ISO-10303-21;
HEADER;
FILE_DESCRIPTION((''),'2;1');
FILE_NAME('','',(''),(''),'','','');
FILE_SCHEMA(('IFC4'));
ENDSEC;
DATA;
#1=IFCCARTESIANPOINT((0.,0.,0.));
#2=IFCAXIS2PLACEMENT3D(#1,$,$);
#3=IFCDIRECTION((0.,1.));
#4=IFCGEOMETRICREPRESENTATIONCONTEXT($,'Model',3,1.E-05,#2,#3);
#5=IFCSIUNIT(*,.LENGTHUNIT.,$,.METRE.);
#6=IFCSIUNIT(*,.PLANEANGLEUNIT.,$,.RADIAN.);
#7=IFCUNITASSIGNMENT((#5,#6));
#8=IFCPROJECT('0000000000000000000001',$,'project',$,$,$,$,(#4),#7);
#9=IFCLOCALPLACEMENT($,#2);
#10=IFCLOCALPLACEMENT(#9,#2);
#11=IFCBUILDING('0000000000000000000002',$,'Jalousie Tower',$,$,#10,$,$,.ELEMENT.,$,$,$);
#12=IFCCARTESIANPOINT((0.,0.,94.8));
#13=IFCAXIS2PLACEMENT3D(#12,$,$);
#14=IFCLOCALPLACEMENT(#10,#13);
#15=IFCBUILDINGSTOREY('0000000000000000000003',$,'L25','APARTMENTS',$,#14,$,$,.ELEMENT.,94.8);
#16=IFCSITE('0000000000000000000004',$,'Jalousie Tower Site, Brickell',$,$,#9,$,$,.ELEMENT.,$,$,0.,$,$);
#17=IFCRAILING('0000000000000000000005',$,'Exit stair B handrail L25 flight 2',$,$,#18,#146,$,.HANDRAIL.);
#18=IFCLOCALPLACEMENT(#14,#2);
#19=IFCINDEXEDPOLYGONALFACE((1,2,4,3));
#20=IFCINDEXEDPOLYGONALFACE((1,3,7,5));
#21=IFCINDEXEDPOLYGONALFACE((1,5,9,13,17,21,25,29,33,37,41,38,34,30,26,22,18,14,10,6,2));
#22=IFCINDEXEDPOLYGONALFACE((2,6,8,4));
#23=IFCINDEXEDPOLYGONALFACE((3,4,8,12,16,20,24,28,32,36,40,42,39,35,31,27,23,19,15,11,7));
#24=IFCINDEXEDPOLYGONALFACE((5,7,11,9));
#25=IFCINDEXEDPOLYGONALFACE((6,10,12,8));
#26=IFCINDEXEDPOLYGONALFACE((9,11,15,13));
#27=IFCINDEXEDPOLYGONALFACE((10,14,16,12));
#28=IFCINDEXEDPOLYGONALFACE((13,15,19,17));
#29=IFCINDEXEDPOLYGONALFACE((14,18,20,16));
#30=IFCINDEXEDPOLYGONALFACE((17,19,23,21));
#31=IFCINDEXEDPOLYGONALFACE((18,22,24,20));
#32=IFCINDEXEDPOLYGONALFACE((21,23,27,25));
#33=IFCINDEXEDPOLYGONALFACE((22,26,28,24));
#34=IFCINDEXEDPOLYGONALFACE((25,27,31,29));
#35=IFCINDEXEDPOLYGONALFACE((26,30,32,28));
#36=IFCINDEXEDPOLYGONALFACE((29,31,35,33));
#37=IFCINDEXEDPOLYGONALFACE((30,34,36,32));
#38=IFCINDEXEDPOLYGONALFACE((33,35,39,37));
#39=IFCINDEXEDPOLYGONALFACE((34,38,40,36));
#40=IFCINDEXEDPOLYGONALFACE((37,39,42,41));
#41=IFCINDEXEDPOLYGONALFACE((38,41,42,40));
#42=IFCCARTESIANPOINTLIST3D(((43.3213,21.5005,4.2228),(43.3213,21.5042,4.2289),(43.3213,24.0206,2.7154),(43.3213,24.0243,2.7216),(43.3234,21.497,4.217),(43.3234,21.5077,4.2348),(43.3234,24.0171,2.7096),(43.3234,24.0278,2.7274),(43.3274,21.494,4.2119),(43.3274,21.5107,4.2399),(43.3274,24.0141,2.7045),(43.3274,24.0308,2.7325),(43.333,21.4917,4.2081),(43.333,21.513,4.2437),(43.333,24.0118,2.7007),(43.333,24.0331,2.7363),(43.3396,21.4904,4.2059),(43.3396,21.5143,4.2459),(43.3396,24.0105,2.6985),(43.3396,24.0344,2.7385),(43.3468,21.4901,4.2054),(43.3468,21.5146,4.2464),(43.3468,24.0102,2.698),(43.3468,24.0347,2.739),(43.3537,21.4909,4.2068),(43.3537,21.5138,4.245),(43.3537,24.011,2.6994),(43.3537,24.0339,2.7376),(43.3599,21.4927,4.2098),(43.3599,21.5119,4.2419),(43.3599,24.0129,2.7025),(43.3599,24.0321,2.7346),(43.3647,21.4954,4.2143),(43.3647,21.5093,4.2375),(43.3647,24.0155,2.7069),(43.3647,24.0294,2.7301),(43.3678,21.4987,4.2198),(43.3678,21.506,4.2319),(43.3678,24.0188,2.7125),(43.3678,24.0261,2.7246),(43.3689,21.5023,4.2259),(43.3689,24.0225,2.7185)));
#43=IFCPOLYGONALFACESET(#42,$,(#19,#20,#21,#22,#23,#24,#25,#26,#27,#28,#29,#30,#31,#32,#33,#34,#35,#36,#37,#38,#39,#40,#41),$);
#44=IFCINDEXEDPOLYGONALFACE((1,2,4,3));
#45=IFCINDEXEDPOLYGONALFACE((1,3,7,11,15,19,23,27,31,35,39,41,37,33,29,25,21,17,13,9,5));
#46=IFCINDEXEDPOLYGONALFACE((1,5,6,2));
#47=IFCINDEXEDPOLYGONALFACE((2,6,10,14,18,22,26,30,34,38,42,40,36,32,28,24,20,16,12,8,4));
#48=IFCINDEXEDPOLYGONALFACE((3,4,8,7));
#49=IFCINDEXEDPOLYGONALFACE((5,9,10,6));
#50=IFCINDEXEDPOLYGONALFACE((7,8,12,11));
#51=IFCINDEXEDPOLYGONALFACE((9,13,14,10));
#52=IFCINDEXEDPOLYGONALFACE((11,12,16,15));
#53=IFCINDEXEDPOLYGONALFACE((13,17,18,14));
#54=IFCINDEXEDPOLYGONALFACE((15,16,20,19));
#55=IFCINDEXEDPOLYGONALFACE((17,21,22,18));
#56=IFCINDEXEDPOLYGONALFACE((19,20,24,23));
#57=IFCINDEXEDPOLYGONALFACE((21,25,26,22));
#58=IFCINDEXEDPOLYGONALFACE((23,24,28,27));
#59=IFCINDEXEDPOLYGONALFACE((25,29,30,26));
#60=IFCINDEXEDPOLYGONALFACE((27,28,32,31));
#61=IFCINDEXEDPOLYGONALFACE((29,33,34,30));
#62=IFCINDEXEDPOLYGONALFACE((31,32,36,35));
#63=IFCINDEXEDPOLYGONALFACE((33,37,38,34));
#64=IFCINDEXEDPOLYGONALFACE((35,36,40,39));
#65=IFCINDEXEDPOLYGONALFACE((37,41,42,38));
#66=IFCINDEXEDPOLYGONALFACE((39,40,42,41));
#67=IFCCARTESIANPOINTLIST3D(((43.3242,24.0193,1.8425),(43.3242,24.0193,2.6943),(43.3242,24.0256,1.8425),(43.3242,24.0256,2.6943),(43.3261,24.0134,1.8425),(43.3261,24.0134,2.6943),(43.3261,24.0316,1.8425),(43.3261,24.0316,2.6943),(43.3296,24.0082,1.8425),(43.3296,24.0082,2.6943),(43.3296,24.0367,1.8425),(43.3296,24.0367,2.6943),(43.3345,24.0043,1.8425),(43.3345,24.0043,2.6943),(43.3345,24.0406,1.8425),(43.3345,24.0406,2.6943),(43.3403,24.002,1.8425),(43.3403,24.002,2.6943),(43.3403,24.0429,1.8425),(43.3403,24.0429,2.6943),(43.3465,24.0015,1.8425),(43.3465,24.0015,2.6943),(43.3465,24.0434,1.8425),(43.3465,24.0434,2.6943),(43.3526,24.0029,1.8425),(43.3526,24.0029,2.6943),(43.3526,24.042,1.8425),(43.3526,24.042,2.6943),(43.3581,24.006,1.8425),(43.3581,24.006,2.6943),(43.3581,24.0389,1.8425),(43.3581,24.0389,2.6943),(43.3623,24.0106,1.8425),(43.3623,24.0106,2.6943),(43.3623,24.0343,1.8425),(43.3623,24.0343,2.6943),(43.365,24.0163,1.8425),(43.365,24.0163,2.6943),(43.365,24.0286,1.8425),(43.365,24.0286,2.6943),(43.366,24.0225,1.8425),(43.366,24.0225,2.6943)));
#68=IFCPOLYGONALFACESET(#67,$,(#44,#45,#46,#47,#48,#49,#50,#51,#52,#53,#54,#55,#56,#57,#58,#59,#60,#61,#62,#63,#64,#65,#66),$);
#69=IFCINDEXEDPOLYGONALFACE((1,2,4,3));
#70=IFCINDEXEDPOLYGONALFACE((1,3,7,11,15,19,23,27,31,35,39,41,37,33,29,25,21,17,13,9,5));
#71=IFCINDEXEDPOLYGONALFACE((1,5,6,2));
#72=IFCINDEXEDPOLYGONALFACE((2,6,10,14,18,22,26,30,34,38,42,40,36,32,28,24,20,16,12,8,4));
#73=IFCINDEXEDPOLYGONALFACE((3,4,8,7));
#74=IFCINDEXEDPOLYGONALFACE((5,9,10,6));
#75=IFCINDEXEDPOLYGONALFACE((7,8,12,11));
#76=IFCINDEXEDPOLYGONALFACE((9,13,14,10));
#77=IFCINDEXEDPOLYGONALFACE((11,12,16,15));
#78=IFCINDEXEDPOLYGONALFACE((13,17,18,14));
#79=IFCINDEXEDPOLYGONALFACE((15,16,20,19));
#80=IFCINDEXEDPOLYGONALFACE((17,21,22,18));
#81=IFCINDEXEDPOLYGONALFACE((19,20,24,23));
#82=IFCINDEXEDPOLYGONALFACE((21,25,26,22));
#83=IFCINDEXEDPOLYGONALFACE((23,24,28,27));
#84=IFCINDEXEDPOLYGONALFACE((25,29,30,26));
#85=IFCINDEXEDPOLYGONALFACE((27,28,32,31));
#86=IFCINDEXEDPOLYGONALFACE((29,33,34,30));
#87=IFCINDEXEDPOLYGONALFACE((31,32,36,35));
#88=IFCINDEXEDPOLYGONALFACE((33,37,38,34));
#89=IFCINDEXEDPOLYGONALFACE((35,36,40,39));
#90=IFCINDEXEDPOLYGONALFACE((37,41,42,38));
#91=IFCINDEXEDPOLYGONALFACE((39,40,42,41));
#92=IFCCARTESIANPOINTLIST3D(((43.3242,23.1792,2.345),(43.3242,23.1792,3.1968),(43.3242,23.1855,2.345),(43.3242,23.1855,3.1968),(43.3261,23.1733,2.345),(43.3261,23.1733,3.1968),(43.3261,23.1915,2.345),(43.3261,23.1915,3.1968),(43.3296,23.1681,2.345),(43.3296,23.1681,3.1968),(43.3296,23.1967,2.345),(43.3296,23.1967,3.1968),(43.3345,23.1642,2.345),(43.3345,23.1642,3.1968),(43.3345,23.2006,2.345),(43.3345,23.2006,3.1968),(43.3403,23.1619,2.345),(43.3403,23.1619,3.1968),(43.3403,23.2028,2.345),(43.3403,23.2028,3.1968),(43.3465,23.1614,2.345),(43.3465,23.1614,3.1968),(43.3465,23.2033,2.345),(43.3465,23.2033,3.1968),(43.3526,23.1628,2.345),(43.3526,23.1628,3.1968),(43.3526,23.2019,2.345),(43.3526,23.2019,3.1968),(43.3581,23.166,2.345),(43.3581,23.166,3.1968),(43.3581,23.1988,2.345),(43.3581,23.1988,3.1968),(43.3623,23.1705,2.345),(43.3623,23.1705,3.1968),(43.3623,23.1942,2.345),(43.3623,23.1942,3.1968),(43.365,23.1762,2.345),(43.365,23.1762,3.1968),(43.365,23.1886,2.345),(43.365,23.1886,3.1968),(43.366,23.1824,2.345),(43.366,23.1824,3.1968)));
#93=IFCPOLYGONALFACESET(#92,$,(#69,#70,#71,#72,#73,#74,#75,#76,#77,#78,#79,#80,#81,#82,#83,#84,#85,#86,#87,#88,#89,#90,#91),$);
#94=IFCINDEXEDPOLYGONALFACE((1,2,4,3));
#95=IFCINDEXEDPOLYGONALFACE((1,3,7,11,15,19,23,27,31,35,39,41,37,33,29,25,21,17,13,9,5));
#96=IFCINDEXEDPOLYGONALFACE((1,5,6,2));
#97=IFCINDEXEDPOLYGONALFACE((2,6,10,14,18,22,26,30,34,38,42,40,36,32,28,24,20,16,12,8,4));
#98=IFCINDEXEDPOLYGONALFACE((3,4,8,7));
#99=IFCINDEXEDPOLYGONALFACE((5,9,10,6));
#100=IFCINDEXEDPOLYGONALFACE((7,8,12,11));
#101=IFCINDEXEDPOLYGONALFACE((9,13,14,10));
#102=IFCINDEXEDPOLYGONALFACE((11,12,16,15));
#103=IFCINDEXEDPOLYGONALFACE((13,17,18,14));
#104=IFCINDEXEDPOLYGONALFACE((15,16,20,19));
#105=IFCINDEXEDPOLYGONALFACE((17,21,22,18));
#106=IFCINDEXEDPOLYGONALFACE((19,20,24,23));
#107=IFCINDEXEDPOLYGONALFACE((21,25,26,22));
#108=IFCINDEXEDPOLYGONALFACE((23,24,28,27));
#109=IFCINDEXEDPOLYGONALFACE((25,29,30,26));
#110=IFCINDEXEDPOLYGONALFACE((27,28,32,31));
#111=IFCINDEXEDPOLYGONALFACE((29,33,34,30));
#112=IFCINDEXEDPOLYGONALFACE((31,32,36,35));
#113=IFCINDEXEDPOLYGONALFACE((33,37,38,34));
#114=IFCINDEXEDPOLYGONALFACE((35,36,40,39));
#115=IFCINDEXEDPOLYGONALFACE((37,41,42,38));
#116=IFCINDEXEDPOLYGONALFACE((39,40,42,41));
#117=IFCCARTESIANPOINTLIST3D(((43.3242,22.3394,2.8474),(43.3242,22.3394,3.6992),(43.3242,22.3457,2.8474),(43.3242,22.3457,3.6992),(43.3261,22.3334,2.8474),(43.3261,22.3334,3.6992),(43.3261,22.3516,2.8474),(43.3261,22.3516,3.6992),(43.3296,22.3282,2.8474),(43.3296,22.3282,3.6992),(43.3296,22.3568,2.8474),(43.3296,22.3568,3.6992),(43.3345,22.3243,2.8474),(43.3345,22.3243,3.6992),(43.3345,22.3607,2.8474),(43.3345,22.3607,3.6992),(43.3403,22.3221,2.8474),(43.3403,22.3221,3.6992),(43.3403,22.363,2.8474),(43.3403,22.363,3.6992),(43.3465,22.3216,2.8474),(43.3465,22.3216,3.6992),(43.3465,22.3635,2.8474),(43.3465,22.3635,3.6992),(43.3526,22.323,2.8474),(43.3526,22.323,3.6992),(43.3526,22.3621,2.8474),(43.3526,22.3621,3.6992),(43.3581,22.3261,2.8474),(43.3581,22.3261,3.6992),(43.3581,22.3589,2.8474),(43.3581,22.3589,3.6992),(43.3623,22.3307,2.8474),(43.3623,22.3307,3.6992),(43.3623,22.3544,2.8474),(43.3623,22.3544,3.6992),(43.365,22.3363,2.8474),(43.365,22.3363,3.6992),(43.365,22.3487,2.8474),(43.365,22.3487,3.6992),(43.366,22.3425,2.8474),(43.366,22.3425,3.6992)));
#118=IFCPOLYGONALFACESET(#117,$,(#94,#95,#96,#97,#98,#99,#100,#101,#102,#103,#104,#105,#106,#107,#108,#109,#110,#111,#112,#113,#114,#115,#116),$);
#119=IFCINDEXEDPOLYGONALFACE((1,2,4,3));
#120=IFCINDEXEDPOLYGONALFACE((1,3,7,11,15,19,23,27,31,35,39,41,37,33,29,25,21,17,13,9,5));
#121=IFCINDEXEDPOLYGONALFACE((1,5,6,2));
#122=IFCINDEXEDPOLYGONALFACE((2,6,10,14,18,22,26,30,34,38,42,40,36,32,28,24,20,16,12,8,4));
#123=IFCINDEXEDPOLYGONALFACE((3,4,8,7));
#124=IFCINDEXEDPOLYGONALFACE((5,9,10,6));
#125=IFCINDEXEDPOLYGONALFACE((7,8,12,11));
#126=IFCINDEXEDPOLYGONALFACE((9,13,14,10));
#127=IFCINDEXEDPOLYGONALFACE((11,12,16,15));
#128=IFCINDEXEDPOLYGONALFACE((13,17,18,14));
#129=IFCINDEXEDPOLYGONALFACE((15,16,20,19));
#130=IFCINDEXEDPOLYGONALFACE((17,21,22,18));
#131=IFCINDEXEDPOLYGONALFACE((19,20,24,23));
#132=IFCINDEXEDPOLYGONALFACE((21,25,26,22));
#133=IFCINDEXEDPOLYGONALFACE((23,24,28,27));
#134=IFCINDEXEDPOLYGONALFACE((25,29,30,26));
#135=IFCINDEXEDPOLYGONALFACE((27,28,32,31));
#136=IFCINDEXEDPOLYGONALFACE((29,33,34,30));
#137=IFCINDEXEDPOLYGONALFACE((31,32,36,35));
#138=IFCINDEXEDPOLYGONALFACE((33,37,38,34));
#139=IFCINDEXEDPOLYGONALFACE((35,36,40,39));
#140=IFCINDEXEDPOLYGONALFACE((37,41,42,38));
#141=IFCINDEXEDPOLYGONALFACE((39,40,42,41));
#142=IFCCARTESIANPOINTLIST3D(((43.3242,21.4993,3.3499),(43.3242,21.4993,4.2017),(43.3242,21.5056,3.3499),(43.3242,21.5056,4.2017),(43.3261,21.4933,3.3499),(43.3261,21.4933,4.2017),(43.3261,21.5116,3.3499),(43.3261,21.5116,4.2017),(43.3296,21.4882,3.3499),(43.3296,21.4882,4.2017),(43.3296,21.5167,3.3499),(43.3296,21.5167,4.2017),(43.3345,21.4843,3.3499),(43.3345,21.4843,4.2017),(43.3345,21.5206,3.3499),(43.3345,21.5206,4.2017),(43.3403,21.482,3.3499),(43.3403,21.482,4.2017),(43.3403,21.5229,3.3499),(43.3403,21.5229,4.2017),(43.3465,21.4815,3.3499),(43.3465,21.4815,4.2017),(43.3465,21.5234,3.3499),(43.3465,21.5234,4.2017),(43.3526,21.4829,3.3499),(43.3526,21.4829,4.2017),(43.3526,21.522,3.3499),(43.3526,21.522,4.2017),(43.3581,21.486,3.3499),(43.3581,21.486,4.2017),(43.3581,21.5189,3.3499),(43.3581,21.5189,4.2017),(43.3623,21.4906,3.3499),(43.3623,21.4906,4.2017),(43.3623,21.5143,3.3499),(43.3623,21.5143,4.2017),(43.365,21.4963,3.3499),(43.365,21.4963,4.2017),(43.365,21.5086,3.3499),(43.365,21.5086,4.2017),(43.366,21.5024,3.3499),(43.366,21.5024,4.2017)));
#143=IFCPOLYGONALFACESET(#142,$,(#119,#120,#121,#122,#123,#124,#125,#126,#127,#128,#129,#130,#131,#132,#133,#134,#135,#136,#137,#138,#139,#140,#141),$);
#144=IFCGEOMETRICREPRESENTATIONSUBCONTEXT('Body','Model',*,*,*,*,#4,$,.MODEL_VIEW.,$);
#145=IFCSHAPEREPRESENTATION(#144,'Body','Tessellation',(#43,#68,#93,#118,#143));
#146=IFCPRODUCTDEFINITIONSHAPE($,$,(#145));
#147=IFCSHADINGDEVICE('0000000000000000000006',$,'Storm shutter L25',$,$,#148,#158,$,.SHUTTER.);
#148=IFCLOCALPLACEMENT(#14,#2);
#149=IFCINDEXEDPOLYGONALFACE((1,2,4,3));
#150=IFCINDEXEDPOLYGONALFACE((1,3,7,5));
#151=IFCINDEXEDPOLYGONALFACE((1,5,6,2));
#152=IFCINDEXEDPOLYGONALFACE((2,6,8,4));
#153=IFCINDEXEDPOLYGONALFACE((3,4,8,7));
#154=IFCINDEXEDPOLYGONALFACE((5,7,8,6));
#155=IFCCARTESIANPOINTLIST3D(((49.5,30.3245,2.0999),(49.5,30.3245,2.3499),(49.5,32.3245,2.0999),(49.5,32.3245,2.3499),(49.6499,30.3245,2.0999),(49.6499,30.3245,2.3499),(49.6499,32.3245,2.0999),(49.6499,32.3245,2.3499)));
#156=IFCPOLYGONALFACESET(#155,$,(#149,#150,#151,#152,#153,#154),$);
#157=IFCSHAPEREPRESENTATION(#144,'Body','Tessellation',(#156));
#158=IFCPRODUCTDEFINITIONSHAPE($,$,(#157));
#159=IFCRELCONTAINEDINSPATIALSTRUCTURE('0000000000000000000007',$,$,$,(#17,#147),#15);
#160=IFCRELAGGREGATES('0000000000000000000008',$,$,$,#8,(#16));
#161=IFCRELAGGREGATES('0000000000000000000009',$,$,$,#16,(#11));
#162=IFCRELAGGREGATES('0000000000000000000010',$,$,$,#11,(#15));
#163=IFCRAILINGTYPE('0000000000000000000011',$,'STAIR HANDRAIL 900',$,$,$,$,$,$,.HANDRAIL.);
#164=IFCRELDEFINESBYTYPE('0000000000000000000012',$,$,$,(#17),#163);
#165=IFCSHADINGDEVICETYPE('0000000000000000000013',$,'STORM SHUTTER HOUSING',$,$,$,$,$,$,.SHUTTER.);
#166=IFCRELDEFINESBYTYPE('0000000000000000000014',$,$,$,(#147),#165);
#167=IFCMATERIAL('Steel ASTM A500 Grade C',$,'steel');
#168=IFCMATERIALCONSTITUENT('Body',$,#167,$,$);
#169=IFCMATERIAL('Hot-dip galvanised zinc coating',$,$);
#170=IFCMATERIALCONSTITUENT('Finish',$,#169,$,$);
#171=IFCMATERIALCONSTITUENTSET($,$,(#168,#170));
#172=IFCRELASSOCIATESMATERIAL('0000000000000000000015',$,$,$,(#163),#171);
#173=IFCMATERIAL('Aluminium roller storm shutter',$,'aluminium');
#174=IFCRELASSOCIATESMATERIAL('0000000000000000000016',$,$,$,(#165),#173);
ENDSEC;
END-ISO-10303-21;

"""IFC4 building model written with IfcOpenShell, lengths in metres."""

from ifc_helpers import new_model, si_unit, direction, frame, origin, origin_2d, place, context, subcontext, project, spatial, rectangle, circle, extrude, material, constituent, constituent_set, type_object, element, save


model = new_model("IFC4")

# Units and contexts
model_context = context("Model", 3, precision=1e-05, world=origin(), true_north=direction((0.0, 1.0)))
body_context = subcontext(model_context, "Body", "Model", "MODEL_VIEW")
ifc_project = project(units=[si_unit("LENGTHUNIT", "METRE"), si_unit("PLANEANGLEUNIT", "RADIAN")], contexts=[model_context])

# Site, building, storey
site_placement = place(None, origin())
site = spatial("IfcSite", under=ifc_project, at=site_placement, Name="Jalousie Tower Site, Brickell", CompositionType="ELEMENT", RefElevation=0.0)
building_placement = place(site_placement, origin())
building = spatial("IfcBuilding", under=site, at=building_placement, Name="Jalousie Tower", CompositionType="ELEMENT")
storey_placement = place(building_placement, frame((0.0, 0.0, 94.8)))
storey = spatial("IfcBuildingStorey", under=building, at=storey_placement, Name="L25", Description="APARTMENTS", CompositionType="ELEMENT", Elevation=94.8)

# Railing
ifc_material_1 = material(Name="Steel ASTM A500 Grade C", Category="steel")
ifc_constituent_1 = constituent(ifc_material_1, Name="Body")
ifc_material_2 = material(Name="Hot-dip galvanised zinc coating")
ifc_constituent_2 = constituent(ifc_material_2, Name="Finish")
ifc_constituent_set_1 = constituent_set(constituents=[ifc_constituent_1, ifc_constituent_2])
railing_type_1 = type_object("IfcRailingType", Name="STAIR HANDRAIL 900", PredefinedType="HANDRAIL", material=ifc_constituent_set_1)
railing_1_placement = place(storey_placement, frame((43.345, 24.0225, 1.8425)))
element("IfcRailing", 1, at=railing_1_placement, inside=storey, type_object=railing_type_1, Name="Exit stair B handrail L25 flight 2", PredefinedType="HANDRAIL", context=body_context, shape_type="SweptSolid", body=[
    extrude(circle(Radius=0.0239, at=origin_2d()), frame((0.0, 0.0, 0.876), z_axis=(0.0, -0.858196, 0.513321), x_axis=(1.0, 0.0, 0.0)), (0.0, 0.0, 1.0), 2.9365),
    extrude(circle(Radius=0.021, at=origin_2d()), origin(), (0.0, 0.0, 1.0), 0.8518),
    extrude(circle(Radius=0.021, at=origin_2d()), frame((0.0, -0.8401, 0.5024)), (0.0, 0.0, 1.0), 0.8518),
    extrude(circle(Radius=0.021, at=origin_2d()), frame((0.0, -1.6799, 1.0049)), (0.0, 0.0, 1.0), 0.8518),
    extrude(circle(Radius=0.021, at=origin_2d()), frame((0.0, -2.52, 1.5073)), (0.0, 0.0, 1.0), 0.8518),
])

# Shading device
ifc_material_3 = material(Name="Aluminium roller storm shutter", Category="aluminium")
shading_device_type = type_object("IfcShadingDeviceType", Name="STORM SHUTTER HOUSING", PredefinedType="SHUTTER", material=ifc_material_3)
shading_device_placement = place(storey_placement, frame((49.575, 31.3245, 2.0999), z_axis=(0.0, 0.0, 1.0), x_axis=(0.0, 1.0, 0.0)))
element("IfcShadingDevice", 2, at=shading_device_placement, inside=storey, type_object=shading_device_type, Name="Storm shutter L25", PredefinedType="SHUTTER", context=body_context, shape_type="SweptSolid", body=[
    extrude(rectangle(XDim=2.0, YDim=0.1499, at=origin_2d()), origin(), (0.0, 0.0, 1.0), 0.25),
])

save(model, "model.ifc")
